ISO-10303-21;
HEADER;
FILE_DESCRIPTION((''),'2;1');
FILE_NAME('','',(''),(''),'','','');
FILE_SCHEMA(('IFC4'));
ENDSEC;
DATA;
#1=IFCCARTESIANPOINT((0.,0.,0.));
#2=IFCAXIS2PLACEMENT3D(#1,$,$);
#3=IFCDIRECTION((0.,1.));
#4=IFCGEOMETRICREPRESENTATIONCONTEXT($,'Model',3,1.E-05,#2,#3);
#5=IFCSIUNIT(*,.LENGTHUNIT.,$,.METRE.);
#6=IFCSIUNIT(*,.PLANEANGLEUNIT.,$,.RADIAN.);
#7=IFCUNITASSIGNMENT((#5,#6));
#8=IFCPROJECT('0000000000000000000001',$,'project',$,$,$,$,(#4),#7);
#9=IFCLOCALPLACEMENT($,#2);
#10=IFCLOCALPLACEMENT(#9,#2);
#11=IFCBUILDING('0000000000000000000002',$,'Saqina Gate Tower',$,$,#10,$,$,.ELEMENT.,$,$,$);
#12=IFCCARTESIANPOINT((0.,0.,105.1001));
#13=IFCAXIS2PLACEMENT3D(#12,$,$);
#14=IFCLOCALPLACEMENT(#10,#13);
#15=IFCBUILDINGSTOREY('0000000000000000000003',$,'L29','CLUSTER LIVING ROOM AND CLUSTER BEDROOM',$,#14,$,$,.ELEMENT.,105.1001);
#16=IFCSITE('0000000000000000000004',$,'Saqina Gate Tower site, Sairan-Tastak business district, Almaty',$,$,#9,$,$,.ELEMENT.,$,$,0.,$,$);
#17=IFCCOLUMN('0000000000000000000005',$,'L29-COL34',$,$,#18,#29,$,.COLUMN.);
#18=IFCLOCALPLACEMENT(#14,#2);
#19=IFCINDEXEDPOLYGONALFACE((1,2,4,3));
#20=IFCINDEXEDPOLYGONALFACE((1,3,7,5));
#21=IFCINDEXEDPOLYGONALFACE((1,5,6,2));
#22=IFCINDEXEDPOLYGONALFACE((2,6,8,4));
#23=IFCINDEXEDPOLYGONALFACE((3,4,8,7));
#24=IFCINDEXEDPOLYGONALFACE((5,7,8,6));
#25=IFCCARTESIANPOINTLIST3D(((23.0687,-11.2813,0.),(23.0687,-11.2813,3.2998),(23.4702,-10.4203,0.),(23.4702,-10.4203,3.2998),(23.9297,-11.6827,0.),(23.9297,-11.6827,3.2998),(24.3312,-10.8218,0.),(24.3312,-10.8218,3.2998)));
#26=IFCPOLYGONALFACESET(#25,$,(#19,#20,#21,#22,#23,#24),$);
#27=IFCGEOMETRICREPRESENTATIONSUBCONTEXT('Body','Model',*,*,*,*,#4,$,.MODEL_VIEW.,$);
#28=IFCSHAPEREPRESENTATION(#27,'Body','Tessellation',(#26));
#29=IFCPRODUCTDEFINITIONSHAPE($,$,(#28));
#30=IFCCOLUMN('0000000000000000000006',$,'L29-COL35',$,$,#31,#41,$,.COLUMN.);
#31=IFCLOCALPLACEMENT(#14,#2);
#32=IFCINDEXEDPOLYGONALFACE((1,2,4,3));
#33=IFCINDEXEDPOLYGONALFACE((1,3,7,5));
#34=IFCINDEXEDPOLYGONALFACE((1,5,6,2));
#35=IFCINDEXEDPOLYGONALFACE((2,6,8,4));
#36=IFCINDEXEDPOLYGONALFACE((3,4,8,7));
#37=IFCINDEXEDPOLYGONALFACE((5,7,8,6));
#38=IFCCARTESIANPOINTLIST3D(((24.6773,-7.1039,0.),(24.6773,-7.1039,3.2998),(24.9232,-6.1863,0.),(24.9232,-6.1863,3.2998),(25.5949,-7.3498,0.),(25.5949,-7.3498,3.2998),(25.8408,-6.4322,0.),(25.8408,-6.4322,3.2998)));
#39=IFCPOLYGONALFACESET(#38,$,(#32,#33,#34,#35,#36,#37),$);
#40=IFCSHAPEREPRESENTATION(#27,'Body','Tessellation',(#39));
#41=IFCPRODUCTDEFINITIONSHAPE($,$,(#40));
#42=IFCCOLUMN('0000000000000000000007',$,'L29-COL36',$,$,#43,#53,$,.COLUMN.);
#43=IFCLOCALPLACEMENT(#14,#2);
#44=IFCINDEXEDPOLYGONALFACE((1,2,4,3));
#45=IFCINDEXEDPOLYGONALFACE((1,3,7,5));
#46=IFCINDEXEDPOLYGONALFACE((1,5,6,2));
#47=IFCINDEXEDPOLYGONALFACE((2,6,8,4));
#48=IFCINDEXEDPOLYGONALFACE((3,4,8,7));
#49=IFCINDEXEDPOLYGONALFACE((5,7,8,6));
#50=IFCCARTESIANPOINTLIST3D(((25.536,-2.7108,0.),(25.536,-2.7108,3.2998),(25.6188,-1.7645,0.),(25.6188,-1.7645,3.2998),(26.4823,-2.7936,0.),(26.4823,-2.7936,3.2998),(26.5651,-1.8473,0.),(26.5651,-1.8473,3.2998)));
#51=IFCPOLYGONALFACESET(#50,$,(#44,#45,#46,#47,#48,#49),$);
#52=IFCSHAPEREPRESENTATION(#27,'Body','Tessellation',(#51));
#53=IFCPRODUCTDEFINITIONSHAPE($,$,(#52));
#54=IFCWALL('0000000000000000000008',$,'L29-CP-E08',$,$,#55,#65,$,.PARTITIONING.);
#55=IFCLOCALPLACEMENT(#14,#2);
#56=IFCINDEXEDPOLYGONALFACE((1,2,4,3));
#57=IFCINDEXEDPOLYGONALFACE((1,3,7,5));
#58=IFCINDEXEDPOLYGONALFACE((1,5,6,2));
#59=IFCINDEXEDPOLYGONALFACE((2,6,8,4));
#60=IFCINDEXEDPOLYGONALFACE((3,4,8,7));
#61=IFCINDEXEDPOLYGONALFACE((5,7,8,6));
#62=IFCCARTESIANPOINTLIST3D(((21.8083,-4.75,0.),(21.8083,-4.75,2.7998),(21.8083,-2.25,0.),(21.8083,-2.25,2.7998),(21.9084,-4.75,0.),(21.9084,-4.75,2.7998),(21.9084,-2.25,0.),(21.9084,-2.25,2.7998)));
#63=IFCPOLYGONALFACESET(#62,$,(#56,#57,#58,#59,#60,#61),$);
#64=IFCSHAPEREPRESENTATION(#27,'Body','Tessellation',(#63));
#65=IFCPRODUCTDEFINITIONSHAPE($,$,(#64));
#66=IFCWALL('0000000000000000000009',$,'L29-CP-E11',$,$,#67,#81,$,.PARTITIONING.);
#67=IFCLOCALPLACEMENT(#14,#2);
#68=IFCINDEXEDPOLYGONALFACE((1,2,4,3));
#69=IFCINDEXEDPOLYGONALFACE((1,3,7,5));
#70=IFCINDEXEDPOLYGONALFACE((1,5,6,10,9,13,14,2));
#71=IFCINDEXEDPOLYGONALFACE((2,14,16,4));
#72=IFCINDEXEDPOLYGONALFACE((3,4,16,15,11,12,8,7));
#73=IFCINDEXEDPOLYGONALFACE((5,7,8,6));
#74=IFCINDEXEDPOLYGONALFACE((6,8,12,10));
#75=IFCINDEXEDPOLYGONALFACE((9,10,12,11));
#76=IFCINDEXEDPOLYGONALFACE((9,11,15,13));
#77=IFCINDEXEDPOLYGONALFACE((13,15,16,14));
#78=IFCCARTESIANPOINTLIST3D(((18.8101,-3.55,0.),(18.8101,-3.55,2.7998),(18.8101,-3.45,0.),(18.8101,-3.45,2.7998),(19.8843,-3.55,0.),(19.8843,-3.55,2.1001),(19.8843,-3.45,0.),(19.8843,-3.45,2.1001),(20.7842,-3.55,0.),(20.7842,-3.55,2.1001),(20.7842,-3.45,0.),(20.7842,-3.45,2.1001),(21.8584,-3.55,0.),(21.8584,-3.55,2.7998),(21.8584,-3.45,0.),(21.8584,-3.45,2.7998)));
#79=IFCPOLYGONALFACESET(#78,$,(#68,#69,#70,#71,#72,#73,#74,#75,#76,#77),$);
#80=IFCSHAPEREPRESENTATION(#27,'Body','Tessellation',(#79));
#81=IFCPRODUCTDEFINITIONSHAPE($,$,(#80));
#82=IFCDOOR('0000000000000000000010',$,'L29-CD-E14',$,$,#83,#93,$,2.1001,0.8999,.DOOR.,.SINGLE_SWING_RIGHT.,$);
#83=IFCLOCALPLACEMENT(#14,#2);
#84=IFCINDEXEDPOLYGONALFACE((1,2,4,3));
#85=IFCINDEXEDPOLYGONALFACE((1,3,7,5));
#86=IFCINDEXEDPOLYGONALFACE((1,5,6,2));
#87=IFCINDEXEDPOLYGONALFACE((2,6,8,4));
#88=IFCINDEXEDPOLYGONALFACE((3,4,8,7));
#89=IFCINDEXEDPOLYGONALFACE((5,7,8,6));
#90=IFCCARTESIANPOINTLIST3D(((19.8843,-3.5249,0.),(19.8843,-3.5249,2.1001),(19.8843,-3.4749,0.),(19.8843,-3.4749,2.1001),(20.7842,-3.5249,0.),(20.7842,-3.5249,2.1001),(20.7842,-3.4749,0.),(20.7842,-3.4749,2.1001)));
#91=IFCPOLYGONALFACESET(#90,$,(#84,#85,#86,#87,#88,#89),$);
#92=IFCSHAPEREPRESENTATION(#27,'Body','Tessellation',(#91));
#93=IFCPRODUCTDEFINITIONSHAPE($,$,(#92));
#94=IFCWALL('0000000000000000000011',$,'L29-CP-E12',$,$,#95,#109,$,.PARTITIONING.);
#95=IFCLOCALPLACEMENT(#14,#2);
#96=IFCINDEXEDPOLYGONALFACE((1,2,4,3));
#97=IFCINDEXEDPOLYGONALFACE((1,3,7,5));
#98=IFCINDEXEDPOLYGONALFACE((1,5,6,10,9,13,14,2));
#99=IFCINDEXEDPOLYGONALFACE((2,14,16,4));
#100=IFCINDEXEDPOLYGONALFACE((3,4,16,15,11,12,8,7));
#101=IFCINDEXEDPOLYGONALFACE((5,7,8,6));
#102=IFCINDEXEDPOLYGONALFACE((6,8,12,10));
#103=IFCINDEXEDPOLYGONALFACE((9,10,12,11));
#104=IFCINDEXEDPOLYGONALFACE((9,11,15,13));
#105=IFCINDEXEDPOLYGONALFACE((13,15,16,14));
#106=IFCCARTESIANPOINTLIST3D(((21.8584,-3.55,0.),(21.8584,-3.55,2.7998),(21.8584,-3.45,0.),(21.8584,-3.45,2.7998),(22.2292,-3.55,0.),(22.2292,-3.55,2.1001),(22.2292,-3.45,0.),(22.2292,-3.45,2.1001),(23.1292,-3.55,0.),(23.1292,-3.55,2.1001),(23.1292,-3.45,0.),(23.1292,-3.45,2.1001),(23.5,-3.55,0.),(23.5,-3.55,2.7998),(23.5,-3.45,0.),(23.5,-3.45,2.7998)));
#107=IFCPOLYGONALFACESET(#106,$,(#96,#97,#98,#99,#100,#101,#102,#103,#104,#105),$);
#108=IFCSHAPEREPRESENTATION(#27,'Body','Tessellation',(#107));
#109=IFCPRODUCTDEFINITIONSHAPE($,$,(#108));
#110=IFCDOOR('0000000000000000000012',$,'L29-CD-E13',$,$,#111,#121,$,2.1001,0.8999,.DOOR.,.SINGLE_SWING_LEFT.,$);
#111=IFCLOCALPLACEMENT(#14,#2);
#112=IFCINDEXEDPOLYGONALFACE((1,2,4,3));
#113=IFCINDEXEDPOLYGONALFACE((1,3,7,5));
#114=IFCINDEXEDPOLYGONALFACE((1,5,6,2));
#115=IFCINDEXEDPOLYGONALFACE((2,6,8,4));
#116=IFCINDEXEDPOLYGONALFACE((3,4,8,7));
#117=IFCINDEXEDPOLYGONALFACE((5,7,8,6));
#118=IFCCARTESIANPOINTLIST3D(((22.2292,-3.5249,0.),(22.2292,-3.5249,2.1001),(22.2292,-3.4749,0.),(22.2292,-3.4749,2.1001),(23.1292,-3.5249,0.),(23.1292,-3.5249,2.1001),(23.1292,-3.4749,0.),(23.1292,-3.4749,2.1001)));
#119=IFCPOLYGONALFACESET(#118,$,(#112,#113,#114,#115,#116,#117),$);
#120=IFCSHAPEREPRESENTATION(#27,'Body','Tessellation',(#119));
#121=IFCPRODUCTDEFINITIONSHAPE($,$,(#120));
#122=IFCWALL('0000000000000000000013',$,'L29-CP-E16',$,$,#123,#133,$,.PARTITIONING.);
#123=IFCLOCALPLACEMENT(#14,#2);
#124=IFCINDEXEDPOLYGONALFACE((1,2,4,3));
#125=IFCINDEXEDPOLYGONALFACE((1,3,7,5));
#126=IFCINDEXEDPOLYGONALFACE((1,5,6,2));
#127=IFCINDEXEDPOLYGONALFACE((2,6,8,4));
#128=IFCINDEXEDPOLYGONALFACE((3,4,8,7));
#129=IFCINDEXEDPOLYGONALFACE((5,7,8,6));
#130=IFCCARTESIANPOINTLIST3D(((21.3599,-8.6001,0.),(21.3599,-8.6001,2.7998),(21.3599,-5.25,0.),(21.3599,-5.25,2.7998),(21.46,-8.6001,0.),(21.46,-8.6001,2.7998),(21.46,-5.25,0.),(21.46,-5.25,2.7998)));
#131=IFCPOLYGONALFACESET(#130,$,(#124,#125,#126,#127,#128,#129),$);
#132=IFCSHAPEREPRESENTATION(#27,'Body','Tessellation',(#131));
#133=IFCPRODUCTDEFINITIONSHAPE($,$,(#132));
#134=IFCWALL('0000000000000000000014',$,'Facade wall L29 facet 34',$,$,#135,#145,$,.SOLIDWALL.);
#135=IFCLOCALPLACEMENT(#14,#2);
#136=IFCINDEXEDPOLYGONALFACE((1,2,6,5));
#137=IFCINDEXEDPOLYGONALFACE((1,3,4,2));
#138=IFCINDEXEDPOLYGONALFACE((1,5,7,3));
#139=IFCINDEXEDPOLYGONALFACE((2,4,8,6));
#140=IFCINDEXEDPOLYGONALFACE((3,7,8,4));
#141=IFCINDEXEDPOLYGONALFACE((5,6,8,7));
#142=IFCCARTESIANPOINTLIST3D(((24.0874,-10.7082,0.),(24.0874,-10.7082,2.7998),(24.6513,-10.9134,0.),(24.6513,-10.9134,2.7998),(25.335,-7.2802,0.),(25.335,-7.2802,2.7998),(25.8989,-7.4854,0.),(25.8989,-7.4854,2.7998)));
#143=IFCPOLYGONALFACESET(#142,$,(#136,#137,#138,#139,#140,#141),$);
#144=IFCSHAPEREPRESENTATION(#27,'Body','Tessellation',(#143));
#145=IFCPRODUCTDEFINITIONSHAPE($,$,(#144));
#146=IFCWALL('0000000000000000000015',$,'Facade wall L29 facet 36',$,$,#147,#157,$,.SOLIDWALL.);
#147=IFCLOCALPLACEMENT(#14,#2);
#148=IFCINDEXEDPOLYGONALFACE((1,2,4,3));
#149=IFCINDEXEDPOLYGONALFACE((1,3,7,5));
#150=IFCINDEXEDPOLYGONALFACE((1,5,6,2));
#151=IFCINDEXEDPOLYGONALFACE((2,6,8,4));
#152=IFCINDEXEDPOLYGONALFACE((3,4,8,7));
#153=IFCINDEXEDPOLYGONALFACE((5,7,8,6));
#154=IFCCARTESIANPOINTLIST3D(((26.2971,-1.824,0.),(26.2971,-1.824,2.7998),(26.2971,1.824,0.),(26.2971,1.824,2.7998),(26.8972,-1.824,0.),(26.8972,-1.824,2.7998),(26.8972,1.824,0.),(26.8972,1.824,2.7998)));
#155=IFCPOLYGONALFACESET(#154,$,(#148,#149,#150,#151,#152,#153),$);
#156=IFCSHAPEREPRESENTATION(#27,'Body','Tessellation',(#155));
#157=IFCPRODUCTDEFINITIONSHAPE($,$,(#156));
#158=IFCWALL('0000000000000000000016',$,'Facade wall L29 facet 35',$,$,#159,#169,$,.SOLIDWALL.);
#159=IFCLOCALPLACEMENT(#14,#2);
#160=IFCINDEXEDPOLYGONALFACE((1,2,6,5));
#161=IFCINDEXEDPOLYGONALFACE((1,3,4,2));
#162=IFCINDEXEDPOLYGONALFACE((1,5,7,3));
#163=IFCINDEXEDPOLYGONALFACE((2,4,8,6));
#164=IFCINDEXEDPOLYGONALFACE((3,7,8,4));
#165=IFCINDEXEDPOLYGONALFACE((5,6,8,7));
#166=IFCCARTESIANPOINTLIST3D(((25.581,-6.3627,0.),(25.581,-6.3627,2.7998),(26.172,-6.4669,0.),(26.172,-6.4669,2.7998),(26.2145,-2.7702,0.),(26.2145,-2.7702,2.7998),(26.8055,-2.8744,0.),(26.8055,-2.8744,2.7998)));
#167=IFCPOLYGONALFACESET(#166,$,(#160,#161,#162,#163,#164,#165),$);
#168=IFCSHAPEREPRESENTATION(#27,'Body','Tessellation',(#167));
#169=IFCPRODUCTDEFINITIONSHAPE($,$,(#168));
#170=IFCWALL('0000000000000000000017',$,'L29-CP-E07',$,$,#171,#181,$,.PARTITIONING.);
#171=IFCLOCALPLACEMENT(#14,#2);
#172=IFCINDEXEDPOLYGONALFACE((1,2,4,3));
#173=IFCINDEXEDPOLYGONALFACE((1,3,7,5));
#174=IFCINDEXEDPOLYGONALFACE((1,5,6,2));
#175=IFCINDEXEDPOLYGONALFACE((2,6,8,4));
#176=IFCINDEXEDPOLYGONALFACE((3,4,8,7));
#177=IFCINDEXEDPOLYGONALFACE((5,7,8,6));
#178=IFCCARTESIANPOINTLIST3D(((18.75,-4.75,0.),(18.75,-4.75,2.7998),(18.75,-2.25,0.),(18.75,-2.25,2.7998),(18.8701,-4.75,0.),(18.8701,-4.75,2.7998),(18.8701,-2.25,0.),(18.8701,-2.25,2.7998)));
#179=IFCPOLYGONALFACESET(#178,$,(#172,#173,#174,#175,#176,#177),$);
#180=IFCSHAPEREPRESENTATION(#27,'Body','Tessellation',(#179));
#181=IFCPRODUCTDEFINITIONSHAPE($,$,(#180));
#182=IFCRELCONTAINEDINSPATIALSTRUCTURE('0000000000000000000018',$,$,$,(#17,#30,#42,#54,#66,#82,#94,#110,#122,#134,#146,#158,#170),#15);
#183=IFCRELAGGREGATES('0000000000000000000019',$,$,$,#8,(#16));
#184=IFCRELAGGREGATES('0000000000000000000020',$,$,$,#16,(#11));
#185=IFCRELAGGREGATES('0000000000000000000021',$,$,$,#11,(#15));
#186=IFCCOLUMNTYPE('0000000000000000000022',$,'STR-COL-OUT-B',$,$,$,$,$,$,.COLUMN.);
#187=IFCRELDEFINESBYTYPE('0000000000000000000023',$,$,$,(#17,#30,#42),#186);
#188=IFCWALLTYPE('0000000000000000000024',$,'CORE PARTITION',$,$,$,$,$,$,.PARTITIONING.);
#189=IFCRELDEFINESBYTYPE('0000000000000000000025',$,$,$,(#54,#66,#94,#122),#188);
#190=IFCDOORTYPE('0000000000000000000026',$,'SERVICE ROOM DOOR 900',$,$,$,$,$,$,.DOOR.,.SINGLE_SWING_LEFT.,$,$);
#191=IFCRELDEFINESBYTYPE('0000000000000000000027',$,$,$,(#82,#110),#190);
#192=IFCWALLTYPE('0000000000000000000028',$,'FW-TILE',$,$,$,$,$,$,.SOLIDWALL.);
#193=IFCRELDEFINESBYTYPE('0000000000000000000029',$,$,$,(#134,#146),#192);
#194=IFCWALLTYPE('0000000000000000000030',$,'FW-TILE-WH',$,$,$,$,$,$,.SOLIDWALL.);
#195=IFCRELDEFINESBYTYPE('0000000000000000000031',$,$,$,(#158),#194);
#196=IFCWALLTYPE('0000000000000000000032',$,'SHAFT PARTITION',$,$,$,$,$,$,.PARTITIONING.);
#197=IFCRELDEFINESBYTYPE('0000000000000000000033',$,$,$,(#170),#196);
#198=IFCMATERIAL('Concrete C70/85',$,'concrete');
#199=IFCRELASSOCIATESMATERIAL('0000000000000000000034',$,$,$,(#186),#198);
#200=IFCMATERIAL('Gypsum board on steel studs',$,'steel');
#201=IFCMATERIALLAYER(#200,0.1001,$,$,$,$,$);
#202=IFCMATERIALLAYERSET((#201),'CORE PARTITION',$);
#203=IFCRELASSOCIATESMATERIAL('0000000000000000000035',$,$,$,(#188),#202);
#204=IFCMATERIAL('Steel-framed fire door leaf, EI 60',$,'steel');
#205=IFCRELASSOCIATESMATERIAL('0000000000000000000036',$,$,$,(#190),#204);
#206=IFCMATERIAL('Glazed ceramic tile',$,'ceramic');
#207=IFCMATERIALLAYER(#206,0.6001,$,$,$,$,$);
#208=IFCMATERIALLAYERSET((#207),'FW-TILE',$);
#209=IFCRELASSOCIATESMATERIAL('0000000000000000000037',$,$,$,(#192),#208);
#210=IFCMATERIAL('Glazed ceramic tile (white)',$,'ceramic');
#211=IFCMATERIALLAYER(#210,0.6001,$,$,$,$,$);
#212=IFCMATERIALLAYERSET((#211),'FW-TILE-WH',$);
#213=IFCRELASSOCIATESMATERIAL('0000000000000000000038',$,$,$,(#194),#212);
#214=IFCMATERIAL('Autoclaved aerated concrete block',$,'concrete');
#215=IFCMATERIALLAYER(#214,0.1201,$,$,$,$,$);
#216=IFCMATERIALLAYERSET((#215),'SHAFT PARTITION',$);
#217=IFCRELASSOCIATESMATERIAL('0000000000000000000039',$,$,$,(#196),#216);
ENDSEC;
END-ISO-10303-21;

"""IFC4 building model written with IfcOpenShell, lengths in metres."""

from ifc_helpers import new_model, si_unit, direction, frame, frame_2d, origin, origin_2d, place, context, subcontext, project, spatial, rectangle, extrude, material, layer, layer_set, material_profile, profile_set, type_object, element, fill, save


model = new_model("IFC4")

# Units and contexts
model_context = context("Model", 3, precision=1e-05, world=origin(), true_north=direction((0.0, 1.0)))
body_context = subcontext(model_context, "Body", "Model", "MODEL_VIEW")
ifc_project = project(units=[si_unit("LENGTHUNIT", "METRE"), si_unit("PLANEANGLEUNIT", "RADIAN")], contexts=[model_context])

# Site, building, storey
site_placement = place(None, origin())
site = spatial("IfcSite", under=ifc_project, at=site_placement, Name="Saqina Gate Tower site, Sairan-Tastak business district, Almaty", CompositionType="ELEMENT", RefElevation=0.0)
building_placement = place(site_placement, origin())
building = spatial("IfcBuilding", under=site, at=building_placement, Name="Saqina Gate Tower", CompositionType="ELEMENT")
storey_placement = place(building_placement, frame((0.0, 0.0, 105.1001)))
storey = spatial("IfcBuildingStorey", under=building, at=storey_placement, Name="L29", Description="CLUSTER LIVING ROOM AND CLUSTER BEDROOM", CompositionType="ELEMENT", Elevation=105.1001)

# Columns
ifc_material_1 = material(Name="Concrete C70/85", Category="concrete")
ifc_material_profile = material_profile(ifc_material_1, rectangle(XDim=0.95, YDim=0.95, at=origin_2d()), Name="RC 950x950")
ifc_profile_set = profile_set([ifc_material_profile], Name="Concrete C70/85")
column_type = type_object("IfcColumnType", Name="STR-COL-OUT-B", PredefinedType="COLUMN", material=ifc_profile_set)
for number, where, z_axis, x_axis, name in (
    (1, (23.7, -11.0515, 0.0), (0.0, 0.0, 1.0), (0.906308, -0.422618, 0.0), "L29-COL34"),
    (2, (25.259, -6.7681, 0.0), (0.0, 0.0, 1.0), (0.965926, -0.258819, 0.0), "L29-COL35"),
    (3, (26.0505, -2.2791, 0.0), (0.0, 0.0, 1.0), (0.996195, -0.087156, 0.0), "L29-COL36"),
):
    element("IfcColumn", number, at=place(storey_placement, frame(where, z_axis=z_axis, x_axis=x_axis)), inside=storey, type_object=column_type, Name=name, PredefinedType="COLUMN", context=body_context, shape_type="SweptSolid", body=[
        extrude(rectangle(XDim=0.95, YDim=0.95, at=origin_2d()), origin(), (0.0, 0.0, 1.0), 3.2998),
    ])

# Wall
ifc_material_2 = material(Name="Gypsum board on steel studs", Category="steel")
ifc_layer_1 = layer(ifc_material_2, 0.1001)
ifc_layer_set_1 = layer_set([ifc_layer_1], Name="CORE PARTITION")
wall_type_1 = type_object("IfcWallType", Name="CORE PARTITION", PredefinedType="PARTITIONING", material=ifc_layer_set_1)
wall_1_placement = place(storey_placement, frame((21.8584, -4.75, 0.0), z_axis=(0.0, 0.0, 1.0), x_axis=(0.0, 1.0, 0.0)))
element("IfcWall", 4, at=wall_1_placement, inside=storey, type_object=wall_type_1, Name="L29-CP-E08", PredefinedType="PARTITIONING", context=body_context, shape_type="SweptSolid", body=[
    extrude(rectangle(XDim=2.5, YDim=0.1001, at=frame_2d((1.25, 0.0))), origin(), (0.0, 0.0, 1.0), 2.7998),
])

# Walls, openings, doors
wall_2_placement = place(storey_placement, frame((18.8101, -3.5, 0.0), z_axis=(0.0, 0.0, 1.0), x_axis=(1.0, 0.0, 0.0)))
wall_2 = element("IfcWall", 5, at=wall_2_placement, inside=storey, type_object=wall_type_1, Name="L29-CP-E11", PredefinedType="PARTITIONING", context=body_context, shape_type="SweptSolid", body=[
    extrude(rectangle(XDim=3.0483, YDim=0.1001, at=frame_2d((1.5242, 0.0))), origin(), (0.0, 0.0, 1.0), 2.7998),
])
opening_1_placement = place(wall_2_placement, frame((1.0742, 0.0, 0.0)))
opening_1 = element("IfcOpeningElement", 6, at=opening_1_placement, cuts=wall_2, PredefinedType="OPENING", context=body_context, shape_type="SweptSolid", body=[
    extrude(rectangle(XDim=0.8999, YDim=2.1001, at=frame_2d((0.45, 1.05))), frame((0.0, 0.062, 0.0), z_axis=(0.0, -1.0, 0.0), x_axis=(1.0, 0.0, 0.0)), (0.0, 0.0, 1.0), 0.124),
])
ifc_material_3 = material(Name="Steel-framed fire door leaf, EI 60", Category="steel")
door_type = type_object("IfcDoorType", Name="SERVICE ROOM DOOR 900", OperationType="SINGLE_SWING_LEFT", PredefinedType="DOOR", material=ifc_material_3)
door_1_placement = place(opening_1_placement, frame((0.8999, 0.0, 0.0), z_axis=(0.0, 0.0, 1.0), x_axis=(-1.0, 0.0, 0.0)))
door_1 = element("IfcDoor", 7, at=door_1_placement, inside=storey, type_object=door_type, Name="L29-CD-E14", OperationType="SINGLE_SWING_RIGHT", OverallHeight=2.1001, OverallWidth=0.8999, PredefinedType="DOOR", context=body_context, shape_type="SweptSolid", body=[
    extrude(rectangle(XDim=0.8999, YDim=2.1001, at=frame_2d((0.45, 1.05))), frame((0.0, 0.0249, 0.0), z_axis=(0.0, -1.0, 0.0), x_axis=(1.0, 0.0, 0.0)), (0.0, 0.0, 1.0), 0.05),
])
fill(opening_1, door_1)
wall_3_placement = place(storey_placement, frame((21.8584, -3.5, 0.0), z_axis=(0.0, 0.0, 1.0), x_axis=(1.0, 0.0, 0.0)))
wall_3 = element("IfcWall", 8, at=wall_3_placement, inside=storey, type_object=wall_type_1, Name="L29-CP-E12", PredefinedType="PARTITIONING", context=body_context, shape_type="SweptSolid", body=[
    extrude(rectangle(XDim=1.6416, YDim=0.1001, at=frame_2d((0.8208, 0.0))), origin(), (0.0, 0.0, 1.0), 2.7998),
])
opening_2_placement = place(wall_3_placement, frame((0.3708, 0.0, 0.0)))
opening_2 = element("IfcOpeningElement", 9, at=opening_2_placement, cuts=wall_3, PredefinedType="OPENING", context=body_context, shape_type="SweptSolid", body=[
    extrude(rectangle(XDim=0.8999, YDim=2.1001, at=frame_2d((0.45, 1.05))), frame((0.0, 0.062, 0.0), z_axis=(0.0, -1.0, 0.0), x_axis=(1.0, 0.0, 0.0)), (0.0, 0.0, 1.0), 0.124),
])
door_2_placement = place(opening_2_placement, frame((0.8999, 0.0, 0.0), z_axis=(0.0, 0.0, 1.0), x_axis=(-1.0, 0.0, 0.0)))
door_2 = element("IfcDoor", 10, at=door_2_placement, inside=storey, type_object=door_type, Name="L29-CD-E13", OperationType="SINGLE_SWING_LEFT", OverallHeight=2.1001, OverallWidth=0.8999, PredefinedType="DOOR", context=body_context, shape_type="SweptSolid", body=[
    extrude(rectangle(XDim=0.8999, YDim=2.1001, at=frame_2d((0.45, 1.05))), frame((0.0, 0.0249, 0.0), z_axis=(0.0, -1.0, 0.0), x_axis=(1.0, 0.0, 0.0)), (0.0, 0.0, 1.0), 0.05),
])
fill(opening_2, door_2)

# Walls
wall_4_placement = place(storey_placement, frame((21.4099, -8.6001, 0.0), z_axis=(0.0, 0.0, 1.0), x_axis=(0.0, 1.0, 0.0)))
element("IfcWall", 11, at=wall_4_placement, inside=storey, type_object=wall_type_1, Name="L29-CP-E16", PredefinedType="PARTITIONING", context=body_context, shape_type="SweptSolid", body=[
    extrude(rectangle(XDim=3.3501, YDim=0.1001, at=frame_2d((1.675, 0.0))), origin(), (0.0, 0.0, 1.0), 2.7998),
])
ifc_material_4 = material(Name="Glazed ceramic tile", Category="ceramic")
ifc_layer_2 = layer(ifc_material_4, 0.6001)
ifc_layer_set_2 = layer_set([ifc_layer_2], Name="FW-TILE")
wall_type_2 = type_object("IfcWallType", Name="FW-TILE", PredefinedType="SOLIDWALL", material=ifc_layer_set_2)
for number, where, z_axis, x_axis, name in (
    (12, (24.3694, -10.8108, 0.0), (0.0, 0.0, 1.0), (0.34199, 0.939704, 0.0), "Facade wall L29 facet 34"),
    (13, (26.5972, -1.824, 0.0), (0.0, 0.0, 1.0), (0.0, 1.0, 0.0), "Facade wall L29 facet 36"),
):
    element("IfcWall", number, at=place(storey_placement, frame(where, z_axis=z_axis, x_axis=x_axis)), inside=storey, type_object=wall_type_2, Name=name, PredefinedType="SOLIDWALL", context=body_context, shape_type="SweptSolid", body=[
        extrude(rectangle(XDim=3.6479, YDim=0.6001, at=frame_2d((1.824, 0.0))), origin(), (0.0, 0.0, 1.0), 2.7998),
    ])
ifc_material_5 = material(Name="Glazed ceramic tile (white)", Category="ceramic")
ifc_layer_3 = layer(ifc_material_5, 0.6001)
ifc_layer_set_3 = layer_set([ifc_layer_3], Name="FW-TILE-WH")
wall_type_3 = type_object("IfcWallType", Name="FW-TILE-WH", PredefinedType="SOLIDWALL", material=ifc_layer_set_3)
wall_5_placement = place(storey_placement, frame((25.8765, -6.4148, 0.0), z_axis=(0.0, 0.0, 1.0), x_axis=(0.173671, 0.984804, 0.0)))
element("IfcWall", 14, at=wall_5_placement, inside=storey, type_object=wall_type_3, Name="Facade wall L29 facet 35", PredefinedType="SOLIDWALL", context=body_context, shape_type="SweptSolid", body=[
    extrude(rectangle(XDim=3.6479, YDim=0.6001, at=frame_2d((1.824, 0.0))), origin(), (0.0, 0.0, 1.0), 2.7998),
])
ifc_material_6 = material(Name="Autoclaved aerated concrete block", Category="concrete")
ifc_layer_4 = layer(ifc_material_6, 0.1201)
ifc_layer_set_4 = layer_set([ifc_layer_4], Name="SHAFT PARTITION")
wall_type_4 = type_object("IfcWallType", Name="SHAFT PARTITION", PredefinedType="PARTITIONING", material=ifc_layer_set_4)
wall_6_placement = place(storey_placement, frame((18.8101, -4.75, 0.0), z_axis=(0.0, 0.0, 1.0), x_axis=(0.0, 1.0, 0.0)))
element("IfcWall", 15, at=wall_6_placement, inside=storey, type_object=wall_type_4, Name="L29-CP-E07", PredefinedType="PARTITIONING", context=body_context, shape_type="SweptSolid", body=[
    extrude(rectangle(XDim=2.5, YDim=0.1201, at=frame_2d((1.25, 0.0))), origin(), (0.0, 0.0, 1.0), 2.7998),
])

save(model, "model.ifc")
